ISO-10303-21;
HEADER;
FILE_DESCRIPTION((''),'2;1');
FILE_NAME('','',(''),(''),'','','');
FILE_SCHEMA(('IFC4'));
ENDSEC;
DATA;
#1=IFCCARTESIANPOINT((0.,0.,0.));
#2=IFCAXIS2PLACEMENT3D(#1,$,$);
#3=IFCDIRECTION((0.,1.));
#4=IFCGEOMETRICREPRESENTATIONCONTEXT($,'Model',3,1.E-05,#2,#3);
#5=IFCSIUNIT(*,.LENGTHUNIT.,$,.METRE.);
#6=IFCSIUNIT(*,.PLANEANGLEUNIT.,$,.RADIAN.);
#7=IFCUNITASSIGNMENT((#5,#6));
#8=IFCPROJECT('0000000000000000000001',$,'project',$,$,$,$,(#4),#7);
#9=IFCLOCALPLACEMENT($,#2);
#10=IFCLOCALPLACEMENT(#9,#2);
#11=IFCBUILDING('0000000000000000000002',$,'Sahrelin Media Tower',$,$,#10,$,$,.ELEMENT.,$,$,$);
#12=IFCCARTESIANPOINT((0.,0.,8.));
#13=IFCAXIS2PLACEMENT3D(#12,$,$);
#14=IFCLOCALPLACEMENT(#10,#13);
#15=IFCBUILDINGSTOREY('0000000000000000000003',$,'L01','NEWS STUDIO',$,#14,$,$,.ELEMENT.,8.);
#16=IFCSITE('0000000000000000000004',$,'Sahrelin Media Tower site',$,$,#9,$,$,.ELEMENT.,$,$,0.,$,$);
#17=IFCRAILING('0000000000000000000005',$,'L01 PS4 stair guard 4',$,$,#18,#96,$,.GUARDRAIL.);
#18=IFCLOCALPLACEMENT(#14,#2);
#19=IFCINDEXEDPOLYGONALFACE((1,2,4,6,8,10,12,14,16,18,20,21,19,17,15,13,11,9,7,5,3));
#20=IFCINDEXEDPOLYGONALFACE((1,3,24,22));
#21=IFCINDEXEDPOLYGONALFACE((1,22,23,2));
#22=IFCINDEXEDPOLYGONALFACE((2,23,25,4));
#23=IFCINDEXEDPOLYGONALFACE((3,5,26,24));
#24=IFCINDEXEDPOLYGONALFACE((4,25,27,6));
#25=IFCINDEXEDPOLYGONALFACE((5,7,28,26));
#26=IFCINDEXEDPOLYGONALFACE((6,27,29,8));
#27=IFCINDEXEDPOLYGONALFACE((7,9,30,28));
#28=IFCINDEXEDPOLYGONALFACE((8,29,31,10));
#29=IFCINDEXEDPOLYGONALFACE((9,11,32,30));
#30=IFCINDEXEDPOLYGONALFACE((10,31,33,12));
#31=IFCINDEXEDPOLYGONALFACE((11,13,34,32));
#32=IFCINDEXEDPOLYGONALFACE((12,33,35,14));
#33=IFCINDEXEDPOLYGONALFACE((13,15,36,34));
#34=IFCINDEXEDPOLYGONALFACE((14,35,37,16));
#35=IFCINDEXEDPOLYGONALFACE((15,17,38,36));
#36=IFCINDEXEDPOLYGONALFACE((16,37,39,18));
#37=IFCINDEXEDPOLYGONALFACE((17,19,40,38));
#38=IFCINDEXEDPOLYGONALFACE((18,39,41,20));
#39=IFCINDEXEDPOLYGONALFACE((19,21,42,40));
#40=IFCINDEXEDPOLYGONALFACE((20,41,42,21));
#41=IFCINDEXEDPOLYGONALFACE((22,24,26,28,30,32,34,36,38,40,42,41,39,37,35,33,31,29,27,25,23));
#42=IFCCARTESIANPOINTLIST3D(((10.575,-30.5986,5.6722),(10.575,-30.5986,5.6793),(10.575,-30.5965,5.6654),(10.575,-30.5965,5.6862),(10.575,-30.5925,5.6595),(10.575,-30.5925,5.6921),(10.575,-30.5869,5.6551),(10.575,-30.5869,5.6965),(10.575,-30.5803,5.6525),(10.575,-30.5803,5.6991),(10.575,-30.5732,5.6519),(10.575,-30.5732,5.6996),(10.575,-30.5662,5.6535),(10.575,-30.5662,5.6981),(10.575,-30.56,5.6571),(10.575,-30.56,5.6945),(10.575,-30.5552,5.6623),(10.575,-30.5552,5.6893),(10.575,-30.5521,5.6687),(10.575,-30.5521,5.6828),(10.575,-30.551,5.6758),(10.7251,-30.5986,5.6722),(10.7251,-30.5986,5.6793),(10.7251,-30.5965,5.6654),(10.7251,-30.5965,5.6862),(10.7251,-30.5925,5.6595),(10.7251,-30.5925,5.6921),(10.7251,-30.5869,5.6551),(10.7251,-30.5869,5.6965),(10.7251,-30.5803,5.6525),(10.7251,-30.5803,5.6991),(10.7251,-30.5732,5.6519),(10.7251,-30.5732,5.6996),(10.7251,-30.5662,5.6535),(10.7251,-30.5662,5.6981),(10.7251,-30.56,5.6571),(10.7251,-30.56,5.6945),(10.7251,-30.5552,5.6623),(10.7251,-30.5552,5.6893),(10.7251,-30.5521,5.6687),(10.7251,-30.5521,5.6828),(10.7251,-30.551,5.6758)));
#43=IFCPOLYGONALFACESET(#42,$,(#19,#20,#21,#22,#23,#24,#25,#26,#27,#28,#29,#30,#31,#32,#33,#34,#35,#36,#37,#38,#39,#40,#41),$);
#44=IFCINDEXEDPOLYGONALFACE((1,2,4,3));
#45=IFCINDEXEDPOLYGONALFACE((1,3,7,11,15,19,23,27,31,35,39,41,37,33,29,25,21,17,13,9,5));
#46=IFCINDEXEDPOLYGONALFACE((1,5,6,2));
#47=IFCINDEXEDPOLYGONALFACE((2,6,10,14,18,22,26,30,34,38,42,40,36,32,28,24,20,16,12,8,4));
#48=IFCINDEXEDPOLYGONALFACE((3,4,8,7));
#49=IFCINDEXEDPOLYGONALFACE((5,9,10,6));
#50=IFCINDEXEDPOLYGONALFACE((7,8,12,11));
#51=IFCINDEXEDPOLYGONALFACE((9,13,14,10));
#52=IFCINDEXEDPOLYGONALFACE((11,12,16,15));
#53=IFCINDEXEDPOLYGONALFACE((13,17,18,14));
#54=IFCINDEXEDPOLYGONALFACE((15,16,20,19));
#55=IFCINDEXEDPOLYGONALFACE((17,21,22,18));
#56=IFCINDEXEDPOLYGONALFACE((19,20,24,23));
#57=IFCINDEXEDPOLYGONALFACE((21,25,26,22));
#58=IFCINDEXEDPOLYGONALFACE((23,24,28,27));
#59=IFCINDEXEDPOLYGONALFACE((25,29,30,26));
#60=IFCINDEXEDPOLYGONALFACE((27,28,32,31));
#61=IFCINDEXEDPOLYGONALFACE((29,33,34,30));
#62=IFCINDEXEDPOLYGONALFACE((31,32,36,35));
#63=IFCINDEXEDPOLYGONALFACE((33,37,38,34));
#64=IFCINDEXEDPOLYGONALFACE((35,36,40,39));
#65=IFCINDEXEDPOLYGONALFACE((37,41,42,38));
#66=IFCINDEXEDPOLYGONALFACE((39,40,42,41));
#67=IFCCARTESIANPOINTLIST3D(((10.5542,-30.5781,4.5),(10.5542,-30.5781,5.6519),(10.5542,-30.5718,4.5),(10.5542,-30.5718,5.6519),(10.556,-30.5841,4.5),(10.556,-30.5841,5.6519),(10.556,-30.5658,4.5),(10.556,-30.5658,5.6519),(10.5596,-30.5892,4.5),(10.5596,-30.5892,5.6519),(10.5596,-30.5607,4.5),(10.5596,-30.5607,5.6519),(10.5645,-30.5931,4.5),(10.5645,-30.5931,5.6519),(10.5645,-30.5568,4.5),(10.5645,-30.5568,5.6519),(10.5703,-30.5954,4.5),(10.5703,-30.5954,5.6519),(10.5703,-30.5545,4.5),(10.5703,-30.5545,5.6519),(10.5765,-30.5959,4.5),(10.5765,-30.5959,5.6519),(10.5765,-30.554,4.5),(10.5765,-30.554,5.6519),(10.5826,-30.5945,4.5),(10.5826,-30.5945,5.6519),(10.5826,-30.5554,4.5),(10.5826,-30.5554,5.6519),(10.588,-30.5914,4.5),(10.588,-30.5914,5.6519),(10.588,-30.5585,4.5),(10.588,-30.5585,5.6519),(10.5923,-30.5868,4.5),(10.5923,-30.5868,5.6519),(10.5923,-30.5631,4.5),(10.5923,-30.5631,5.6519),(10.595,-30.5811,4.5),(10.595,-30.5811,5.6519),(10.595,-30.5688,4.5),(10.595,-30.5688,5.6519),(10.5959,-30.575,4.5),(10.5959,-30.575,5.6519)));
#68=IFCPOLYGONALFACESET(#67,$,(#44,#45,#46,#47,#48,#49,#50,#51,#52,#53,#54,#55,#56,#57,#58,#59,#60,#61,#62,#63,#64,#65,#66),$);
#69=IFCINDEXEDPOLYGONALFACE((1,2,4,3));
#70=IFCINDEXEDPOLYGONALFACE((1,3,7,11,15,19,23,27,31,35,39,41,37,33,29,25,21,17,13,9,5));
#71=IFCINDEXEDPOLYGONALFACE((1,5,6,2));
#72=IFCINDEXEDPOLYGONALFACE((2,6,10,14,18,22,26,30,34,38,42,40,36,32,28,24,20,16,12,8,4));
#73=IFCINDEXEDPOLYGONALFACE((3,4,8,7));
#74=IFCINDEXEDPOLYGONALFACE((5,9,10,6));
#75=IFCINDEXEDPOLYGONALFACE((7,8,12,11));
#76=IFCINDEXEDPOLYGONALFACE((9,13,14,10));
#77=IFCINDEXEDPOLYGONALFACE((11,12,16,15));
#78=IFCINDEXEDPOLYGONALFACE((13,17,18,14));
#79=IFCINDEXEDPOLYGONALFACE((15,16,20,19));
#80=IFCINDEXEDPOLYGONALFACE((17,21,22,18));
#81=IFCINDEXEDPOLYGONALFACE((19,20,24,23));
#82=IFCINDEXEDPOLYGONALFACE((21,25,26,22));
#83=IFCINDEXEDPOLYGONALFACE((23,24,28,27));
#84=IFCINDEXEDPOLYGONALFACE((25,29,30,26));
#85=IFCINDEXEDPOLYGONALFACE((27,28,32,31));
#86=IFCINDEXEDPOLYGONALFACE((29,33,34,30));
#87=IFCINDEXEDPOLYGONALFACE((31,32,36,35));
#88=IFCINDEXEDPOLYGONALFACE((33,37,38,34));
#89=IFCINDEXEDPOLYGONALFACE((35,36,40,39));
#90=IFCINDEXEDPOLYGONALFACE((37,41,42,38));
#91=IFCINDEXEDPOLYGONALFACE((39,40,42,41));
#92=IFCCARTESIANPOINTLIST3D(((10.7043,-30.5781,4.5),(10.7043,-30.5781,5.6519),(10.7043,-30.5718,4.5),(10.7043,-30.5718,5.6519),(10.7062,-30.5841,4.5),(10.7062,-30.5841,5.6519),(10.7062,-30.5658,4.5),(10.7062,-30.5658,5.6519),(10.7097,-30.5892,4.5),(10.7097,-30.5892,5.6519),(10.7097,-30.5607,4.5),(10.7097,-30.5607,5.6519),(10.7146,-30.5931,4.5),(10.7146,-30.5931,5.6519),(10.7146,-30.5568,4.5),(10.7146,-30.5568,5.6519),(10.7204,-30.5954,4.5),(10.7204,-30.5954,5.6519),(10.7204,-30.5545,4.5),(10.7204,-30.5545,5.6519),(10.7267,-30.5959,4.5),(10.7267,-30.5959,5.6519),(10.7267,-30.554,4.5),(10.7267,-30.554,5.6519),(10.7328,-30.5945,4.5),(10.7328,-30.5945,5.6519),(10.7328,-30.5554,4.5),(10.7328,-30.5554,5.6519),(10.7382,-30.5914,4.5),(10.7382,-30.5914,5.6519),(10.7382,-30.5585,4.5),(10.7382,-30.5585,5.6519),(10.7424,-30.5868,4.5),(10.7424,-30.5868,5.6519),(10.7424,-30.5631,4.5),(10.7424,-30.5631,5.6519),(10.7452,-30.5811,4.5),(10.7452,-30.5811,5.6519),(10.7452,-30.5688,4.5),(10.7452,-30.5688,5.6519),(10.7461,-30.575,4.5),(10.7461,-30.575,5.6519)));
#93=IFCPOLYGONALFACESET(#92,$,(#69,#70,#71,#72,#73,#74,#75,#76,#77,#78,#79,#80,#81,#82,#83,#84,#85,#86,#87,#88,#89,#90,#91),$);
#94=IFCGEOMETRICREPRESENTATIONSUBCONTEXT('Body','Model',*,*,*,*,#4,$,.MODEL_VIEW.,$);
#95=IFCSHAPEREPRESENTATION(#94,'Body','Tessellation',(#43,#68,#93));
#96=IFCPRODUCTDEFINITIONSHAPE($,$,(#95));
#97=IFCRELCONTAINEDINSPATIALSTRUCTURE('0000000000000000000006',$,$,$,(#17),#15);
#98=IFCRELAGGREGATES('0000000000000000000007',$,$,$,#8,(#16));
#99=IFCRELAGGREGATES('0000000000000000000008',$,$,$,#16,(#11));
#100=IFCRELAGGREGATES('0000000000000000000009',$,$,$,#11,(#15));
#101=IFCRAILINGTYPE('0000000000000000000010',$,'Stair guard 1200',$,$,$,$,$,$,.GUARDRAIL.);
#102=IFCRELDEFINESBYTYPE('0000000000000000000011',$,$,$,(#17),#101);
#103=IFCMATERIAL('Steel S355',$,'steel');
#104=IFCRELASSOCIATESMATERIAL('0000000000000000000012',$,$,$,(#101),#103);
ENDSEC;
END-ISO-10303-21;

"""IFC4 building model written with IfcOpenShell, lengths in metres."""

from ifc_helpers import new_model, si_unit, direction, frame, origin, origin_2d, place, context, subcontext, project, spatial, circle, extrude, material, type_object, element, save


model = new_model("IFC4")

# Units and contexts
model_context = context("Model", 3, precision=1e-05, world=origin(), true_north=direction((0.0, 1.0)))
body_context = subcontext(model_context, "Body", "Model", "MODEL_VIEW")
ifc_project = project(units=[si_unit("LENGTHUNIT", "METRE"), si_unit("PLANEANGLEUNIT", "RADIAN")], contexts=[model_context])

# Site, building, storey
site_placement = place(None, origin())
site = spatial("IfcSite", under=ifc_project, at=site_placement, Name="Sahrelin Media Tower site", CompositionType="ELEMENT", RefElevation=0.0)
building_placement = place(site_placement, origin())
building = spatial("IfcBuilding", under=site, at=building_placement, Name="Sahrelin Media Tower", CompositionType="ELEMENT")
storey_placement = place(building_placement, frame((0.0, 0.0, 8.0)))
storey = spatial("IfcBuildingStorey", under=building, at=storey_placement, Name="L01", Description="NEWS STUDIO", CompositionType="ELEMENT", Elevation=8.0)

# Shared definitions
ifc_material_1 = material(Name="Steel S355", Category="steel")

# Railing
railing_type_1 = type_object("IfcRailingType", Name="Stair guard 1200", PredefinedType="GUARDRAIL", material=ifc_material_1)
railing_1_placement = place(storey_placement, frame((10.575, -30.575, 4.5)))
element("IfcRailing", 1, at=railing_1_placement, inside=storey, type_object=railing_type_1, Name="L01 PS4 stair guard 4", PredefinedType="GUARDRAIL", context=body_context, shape_type="SweptSolid", body=[
    extrude(circle(Radius=0.0239, at=origin_2d()), frame((0.0, 0.0, 1.1758), z_axis=(1.0, 0.0, 0.0), x_axis=(0.0, 1.0, 0.0)), (0.0, 0.0, 1.0), 0.1501),
    extrude(circle(Radius=0.021, at=origin_2d()), origin(), (0.0, 0.0, 1.0), 1.1519),
    extrude(circle(Radius=0.021, at=origin_2d()), frame((0.1501, 0.0, 0.0)), (0.0, 0.0, 1.0), 1.1519),
])

save(model, "model.ifc")
